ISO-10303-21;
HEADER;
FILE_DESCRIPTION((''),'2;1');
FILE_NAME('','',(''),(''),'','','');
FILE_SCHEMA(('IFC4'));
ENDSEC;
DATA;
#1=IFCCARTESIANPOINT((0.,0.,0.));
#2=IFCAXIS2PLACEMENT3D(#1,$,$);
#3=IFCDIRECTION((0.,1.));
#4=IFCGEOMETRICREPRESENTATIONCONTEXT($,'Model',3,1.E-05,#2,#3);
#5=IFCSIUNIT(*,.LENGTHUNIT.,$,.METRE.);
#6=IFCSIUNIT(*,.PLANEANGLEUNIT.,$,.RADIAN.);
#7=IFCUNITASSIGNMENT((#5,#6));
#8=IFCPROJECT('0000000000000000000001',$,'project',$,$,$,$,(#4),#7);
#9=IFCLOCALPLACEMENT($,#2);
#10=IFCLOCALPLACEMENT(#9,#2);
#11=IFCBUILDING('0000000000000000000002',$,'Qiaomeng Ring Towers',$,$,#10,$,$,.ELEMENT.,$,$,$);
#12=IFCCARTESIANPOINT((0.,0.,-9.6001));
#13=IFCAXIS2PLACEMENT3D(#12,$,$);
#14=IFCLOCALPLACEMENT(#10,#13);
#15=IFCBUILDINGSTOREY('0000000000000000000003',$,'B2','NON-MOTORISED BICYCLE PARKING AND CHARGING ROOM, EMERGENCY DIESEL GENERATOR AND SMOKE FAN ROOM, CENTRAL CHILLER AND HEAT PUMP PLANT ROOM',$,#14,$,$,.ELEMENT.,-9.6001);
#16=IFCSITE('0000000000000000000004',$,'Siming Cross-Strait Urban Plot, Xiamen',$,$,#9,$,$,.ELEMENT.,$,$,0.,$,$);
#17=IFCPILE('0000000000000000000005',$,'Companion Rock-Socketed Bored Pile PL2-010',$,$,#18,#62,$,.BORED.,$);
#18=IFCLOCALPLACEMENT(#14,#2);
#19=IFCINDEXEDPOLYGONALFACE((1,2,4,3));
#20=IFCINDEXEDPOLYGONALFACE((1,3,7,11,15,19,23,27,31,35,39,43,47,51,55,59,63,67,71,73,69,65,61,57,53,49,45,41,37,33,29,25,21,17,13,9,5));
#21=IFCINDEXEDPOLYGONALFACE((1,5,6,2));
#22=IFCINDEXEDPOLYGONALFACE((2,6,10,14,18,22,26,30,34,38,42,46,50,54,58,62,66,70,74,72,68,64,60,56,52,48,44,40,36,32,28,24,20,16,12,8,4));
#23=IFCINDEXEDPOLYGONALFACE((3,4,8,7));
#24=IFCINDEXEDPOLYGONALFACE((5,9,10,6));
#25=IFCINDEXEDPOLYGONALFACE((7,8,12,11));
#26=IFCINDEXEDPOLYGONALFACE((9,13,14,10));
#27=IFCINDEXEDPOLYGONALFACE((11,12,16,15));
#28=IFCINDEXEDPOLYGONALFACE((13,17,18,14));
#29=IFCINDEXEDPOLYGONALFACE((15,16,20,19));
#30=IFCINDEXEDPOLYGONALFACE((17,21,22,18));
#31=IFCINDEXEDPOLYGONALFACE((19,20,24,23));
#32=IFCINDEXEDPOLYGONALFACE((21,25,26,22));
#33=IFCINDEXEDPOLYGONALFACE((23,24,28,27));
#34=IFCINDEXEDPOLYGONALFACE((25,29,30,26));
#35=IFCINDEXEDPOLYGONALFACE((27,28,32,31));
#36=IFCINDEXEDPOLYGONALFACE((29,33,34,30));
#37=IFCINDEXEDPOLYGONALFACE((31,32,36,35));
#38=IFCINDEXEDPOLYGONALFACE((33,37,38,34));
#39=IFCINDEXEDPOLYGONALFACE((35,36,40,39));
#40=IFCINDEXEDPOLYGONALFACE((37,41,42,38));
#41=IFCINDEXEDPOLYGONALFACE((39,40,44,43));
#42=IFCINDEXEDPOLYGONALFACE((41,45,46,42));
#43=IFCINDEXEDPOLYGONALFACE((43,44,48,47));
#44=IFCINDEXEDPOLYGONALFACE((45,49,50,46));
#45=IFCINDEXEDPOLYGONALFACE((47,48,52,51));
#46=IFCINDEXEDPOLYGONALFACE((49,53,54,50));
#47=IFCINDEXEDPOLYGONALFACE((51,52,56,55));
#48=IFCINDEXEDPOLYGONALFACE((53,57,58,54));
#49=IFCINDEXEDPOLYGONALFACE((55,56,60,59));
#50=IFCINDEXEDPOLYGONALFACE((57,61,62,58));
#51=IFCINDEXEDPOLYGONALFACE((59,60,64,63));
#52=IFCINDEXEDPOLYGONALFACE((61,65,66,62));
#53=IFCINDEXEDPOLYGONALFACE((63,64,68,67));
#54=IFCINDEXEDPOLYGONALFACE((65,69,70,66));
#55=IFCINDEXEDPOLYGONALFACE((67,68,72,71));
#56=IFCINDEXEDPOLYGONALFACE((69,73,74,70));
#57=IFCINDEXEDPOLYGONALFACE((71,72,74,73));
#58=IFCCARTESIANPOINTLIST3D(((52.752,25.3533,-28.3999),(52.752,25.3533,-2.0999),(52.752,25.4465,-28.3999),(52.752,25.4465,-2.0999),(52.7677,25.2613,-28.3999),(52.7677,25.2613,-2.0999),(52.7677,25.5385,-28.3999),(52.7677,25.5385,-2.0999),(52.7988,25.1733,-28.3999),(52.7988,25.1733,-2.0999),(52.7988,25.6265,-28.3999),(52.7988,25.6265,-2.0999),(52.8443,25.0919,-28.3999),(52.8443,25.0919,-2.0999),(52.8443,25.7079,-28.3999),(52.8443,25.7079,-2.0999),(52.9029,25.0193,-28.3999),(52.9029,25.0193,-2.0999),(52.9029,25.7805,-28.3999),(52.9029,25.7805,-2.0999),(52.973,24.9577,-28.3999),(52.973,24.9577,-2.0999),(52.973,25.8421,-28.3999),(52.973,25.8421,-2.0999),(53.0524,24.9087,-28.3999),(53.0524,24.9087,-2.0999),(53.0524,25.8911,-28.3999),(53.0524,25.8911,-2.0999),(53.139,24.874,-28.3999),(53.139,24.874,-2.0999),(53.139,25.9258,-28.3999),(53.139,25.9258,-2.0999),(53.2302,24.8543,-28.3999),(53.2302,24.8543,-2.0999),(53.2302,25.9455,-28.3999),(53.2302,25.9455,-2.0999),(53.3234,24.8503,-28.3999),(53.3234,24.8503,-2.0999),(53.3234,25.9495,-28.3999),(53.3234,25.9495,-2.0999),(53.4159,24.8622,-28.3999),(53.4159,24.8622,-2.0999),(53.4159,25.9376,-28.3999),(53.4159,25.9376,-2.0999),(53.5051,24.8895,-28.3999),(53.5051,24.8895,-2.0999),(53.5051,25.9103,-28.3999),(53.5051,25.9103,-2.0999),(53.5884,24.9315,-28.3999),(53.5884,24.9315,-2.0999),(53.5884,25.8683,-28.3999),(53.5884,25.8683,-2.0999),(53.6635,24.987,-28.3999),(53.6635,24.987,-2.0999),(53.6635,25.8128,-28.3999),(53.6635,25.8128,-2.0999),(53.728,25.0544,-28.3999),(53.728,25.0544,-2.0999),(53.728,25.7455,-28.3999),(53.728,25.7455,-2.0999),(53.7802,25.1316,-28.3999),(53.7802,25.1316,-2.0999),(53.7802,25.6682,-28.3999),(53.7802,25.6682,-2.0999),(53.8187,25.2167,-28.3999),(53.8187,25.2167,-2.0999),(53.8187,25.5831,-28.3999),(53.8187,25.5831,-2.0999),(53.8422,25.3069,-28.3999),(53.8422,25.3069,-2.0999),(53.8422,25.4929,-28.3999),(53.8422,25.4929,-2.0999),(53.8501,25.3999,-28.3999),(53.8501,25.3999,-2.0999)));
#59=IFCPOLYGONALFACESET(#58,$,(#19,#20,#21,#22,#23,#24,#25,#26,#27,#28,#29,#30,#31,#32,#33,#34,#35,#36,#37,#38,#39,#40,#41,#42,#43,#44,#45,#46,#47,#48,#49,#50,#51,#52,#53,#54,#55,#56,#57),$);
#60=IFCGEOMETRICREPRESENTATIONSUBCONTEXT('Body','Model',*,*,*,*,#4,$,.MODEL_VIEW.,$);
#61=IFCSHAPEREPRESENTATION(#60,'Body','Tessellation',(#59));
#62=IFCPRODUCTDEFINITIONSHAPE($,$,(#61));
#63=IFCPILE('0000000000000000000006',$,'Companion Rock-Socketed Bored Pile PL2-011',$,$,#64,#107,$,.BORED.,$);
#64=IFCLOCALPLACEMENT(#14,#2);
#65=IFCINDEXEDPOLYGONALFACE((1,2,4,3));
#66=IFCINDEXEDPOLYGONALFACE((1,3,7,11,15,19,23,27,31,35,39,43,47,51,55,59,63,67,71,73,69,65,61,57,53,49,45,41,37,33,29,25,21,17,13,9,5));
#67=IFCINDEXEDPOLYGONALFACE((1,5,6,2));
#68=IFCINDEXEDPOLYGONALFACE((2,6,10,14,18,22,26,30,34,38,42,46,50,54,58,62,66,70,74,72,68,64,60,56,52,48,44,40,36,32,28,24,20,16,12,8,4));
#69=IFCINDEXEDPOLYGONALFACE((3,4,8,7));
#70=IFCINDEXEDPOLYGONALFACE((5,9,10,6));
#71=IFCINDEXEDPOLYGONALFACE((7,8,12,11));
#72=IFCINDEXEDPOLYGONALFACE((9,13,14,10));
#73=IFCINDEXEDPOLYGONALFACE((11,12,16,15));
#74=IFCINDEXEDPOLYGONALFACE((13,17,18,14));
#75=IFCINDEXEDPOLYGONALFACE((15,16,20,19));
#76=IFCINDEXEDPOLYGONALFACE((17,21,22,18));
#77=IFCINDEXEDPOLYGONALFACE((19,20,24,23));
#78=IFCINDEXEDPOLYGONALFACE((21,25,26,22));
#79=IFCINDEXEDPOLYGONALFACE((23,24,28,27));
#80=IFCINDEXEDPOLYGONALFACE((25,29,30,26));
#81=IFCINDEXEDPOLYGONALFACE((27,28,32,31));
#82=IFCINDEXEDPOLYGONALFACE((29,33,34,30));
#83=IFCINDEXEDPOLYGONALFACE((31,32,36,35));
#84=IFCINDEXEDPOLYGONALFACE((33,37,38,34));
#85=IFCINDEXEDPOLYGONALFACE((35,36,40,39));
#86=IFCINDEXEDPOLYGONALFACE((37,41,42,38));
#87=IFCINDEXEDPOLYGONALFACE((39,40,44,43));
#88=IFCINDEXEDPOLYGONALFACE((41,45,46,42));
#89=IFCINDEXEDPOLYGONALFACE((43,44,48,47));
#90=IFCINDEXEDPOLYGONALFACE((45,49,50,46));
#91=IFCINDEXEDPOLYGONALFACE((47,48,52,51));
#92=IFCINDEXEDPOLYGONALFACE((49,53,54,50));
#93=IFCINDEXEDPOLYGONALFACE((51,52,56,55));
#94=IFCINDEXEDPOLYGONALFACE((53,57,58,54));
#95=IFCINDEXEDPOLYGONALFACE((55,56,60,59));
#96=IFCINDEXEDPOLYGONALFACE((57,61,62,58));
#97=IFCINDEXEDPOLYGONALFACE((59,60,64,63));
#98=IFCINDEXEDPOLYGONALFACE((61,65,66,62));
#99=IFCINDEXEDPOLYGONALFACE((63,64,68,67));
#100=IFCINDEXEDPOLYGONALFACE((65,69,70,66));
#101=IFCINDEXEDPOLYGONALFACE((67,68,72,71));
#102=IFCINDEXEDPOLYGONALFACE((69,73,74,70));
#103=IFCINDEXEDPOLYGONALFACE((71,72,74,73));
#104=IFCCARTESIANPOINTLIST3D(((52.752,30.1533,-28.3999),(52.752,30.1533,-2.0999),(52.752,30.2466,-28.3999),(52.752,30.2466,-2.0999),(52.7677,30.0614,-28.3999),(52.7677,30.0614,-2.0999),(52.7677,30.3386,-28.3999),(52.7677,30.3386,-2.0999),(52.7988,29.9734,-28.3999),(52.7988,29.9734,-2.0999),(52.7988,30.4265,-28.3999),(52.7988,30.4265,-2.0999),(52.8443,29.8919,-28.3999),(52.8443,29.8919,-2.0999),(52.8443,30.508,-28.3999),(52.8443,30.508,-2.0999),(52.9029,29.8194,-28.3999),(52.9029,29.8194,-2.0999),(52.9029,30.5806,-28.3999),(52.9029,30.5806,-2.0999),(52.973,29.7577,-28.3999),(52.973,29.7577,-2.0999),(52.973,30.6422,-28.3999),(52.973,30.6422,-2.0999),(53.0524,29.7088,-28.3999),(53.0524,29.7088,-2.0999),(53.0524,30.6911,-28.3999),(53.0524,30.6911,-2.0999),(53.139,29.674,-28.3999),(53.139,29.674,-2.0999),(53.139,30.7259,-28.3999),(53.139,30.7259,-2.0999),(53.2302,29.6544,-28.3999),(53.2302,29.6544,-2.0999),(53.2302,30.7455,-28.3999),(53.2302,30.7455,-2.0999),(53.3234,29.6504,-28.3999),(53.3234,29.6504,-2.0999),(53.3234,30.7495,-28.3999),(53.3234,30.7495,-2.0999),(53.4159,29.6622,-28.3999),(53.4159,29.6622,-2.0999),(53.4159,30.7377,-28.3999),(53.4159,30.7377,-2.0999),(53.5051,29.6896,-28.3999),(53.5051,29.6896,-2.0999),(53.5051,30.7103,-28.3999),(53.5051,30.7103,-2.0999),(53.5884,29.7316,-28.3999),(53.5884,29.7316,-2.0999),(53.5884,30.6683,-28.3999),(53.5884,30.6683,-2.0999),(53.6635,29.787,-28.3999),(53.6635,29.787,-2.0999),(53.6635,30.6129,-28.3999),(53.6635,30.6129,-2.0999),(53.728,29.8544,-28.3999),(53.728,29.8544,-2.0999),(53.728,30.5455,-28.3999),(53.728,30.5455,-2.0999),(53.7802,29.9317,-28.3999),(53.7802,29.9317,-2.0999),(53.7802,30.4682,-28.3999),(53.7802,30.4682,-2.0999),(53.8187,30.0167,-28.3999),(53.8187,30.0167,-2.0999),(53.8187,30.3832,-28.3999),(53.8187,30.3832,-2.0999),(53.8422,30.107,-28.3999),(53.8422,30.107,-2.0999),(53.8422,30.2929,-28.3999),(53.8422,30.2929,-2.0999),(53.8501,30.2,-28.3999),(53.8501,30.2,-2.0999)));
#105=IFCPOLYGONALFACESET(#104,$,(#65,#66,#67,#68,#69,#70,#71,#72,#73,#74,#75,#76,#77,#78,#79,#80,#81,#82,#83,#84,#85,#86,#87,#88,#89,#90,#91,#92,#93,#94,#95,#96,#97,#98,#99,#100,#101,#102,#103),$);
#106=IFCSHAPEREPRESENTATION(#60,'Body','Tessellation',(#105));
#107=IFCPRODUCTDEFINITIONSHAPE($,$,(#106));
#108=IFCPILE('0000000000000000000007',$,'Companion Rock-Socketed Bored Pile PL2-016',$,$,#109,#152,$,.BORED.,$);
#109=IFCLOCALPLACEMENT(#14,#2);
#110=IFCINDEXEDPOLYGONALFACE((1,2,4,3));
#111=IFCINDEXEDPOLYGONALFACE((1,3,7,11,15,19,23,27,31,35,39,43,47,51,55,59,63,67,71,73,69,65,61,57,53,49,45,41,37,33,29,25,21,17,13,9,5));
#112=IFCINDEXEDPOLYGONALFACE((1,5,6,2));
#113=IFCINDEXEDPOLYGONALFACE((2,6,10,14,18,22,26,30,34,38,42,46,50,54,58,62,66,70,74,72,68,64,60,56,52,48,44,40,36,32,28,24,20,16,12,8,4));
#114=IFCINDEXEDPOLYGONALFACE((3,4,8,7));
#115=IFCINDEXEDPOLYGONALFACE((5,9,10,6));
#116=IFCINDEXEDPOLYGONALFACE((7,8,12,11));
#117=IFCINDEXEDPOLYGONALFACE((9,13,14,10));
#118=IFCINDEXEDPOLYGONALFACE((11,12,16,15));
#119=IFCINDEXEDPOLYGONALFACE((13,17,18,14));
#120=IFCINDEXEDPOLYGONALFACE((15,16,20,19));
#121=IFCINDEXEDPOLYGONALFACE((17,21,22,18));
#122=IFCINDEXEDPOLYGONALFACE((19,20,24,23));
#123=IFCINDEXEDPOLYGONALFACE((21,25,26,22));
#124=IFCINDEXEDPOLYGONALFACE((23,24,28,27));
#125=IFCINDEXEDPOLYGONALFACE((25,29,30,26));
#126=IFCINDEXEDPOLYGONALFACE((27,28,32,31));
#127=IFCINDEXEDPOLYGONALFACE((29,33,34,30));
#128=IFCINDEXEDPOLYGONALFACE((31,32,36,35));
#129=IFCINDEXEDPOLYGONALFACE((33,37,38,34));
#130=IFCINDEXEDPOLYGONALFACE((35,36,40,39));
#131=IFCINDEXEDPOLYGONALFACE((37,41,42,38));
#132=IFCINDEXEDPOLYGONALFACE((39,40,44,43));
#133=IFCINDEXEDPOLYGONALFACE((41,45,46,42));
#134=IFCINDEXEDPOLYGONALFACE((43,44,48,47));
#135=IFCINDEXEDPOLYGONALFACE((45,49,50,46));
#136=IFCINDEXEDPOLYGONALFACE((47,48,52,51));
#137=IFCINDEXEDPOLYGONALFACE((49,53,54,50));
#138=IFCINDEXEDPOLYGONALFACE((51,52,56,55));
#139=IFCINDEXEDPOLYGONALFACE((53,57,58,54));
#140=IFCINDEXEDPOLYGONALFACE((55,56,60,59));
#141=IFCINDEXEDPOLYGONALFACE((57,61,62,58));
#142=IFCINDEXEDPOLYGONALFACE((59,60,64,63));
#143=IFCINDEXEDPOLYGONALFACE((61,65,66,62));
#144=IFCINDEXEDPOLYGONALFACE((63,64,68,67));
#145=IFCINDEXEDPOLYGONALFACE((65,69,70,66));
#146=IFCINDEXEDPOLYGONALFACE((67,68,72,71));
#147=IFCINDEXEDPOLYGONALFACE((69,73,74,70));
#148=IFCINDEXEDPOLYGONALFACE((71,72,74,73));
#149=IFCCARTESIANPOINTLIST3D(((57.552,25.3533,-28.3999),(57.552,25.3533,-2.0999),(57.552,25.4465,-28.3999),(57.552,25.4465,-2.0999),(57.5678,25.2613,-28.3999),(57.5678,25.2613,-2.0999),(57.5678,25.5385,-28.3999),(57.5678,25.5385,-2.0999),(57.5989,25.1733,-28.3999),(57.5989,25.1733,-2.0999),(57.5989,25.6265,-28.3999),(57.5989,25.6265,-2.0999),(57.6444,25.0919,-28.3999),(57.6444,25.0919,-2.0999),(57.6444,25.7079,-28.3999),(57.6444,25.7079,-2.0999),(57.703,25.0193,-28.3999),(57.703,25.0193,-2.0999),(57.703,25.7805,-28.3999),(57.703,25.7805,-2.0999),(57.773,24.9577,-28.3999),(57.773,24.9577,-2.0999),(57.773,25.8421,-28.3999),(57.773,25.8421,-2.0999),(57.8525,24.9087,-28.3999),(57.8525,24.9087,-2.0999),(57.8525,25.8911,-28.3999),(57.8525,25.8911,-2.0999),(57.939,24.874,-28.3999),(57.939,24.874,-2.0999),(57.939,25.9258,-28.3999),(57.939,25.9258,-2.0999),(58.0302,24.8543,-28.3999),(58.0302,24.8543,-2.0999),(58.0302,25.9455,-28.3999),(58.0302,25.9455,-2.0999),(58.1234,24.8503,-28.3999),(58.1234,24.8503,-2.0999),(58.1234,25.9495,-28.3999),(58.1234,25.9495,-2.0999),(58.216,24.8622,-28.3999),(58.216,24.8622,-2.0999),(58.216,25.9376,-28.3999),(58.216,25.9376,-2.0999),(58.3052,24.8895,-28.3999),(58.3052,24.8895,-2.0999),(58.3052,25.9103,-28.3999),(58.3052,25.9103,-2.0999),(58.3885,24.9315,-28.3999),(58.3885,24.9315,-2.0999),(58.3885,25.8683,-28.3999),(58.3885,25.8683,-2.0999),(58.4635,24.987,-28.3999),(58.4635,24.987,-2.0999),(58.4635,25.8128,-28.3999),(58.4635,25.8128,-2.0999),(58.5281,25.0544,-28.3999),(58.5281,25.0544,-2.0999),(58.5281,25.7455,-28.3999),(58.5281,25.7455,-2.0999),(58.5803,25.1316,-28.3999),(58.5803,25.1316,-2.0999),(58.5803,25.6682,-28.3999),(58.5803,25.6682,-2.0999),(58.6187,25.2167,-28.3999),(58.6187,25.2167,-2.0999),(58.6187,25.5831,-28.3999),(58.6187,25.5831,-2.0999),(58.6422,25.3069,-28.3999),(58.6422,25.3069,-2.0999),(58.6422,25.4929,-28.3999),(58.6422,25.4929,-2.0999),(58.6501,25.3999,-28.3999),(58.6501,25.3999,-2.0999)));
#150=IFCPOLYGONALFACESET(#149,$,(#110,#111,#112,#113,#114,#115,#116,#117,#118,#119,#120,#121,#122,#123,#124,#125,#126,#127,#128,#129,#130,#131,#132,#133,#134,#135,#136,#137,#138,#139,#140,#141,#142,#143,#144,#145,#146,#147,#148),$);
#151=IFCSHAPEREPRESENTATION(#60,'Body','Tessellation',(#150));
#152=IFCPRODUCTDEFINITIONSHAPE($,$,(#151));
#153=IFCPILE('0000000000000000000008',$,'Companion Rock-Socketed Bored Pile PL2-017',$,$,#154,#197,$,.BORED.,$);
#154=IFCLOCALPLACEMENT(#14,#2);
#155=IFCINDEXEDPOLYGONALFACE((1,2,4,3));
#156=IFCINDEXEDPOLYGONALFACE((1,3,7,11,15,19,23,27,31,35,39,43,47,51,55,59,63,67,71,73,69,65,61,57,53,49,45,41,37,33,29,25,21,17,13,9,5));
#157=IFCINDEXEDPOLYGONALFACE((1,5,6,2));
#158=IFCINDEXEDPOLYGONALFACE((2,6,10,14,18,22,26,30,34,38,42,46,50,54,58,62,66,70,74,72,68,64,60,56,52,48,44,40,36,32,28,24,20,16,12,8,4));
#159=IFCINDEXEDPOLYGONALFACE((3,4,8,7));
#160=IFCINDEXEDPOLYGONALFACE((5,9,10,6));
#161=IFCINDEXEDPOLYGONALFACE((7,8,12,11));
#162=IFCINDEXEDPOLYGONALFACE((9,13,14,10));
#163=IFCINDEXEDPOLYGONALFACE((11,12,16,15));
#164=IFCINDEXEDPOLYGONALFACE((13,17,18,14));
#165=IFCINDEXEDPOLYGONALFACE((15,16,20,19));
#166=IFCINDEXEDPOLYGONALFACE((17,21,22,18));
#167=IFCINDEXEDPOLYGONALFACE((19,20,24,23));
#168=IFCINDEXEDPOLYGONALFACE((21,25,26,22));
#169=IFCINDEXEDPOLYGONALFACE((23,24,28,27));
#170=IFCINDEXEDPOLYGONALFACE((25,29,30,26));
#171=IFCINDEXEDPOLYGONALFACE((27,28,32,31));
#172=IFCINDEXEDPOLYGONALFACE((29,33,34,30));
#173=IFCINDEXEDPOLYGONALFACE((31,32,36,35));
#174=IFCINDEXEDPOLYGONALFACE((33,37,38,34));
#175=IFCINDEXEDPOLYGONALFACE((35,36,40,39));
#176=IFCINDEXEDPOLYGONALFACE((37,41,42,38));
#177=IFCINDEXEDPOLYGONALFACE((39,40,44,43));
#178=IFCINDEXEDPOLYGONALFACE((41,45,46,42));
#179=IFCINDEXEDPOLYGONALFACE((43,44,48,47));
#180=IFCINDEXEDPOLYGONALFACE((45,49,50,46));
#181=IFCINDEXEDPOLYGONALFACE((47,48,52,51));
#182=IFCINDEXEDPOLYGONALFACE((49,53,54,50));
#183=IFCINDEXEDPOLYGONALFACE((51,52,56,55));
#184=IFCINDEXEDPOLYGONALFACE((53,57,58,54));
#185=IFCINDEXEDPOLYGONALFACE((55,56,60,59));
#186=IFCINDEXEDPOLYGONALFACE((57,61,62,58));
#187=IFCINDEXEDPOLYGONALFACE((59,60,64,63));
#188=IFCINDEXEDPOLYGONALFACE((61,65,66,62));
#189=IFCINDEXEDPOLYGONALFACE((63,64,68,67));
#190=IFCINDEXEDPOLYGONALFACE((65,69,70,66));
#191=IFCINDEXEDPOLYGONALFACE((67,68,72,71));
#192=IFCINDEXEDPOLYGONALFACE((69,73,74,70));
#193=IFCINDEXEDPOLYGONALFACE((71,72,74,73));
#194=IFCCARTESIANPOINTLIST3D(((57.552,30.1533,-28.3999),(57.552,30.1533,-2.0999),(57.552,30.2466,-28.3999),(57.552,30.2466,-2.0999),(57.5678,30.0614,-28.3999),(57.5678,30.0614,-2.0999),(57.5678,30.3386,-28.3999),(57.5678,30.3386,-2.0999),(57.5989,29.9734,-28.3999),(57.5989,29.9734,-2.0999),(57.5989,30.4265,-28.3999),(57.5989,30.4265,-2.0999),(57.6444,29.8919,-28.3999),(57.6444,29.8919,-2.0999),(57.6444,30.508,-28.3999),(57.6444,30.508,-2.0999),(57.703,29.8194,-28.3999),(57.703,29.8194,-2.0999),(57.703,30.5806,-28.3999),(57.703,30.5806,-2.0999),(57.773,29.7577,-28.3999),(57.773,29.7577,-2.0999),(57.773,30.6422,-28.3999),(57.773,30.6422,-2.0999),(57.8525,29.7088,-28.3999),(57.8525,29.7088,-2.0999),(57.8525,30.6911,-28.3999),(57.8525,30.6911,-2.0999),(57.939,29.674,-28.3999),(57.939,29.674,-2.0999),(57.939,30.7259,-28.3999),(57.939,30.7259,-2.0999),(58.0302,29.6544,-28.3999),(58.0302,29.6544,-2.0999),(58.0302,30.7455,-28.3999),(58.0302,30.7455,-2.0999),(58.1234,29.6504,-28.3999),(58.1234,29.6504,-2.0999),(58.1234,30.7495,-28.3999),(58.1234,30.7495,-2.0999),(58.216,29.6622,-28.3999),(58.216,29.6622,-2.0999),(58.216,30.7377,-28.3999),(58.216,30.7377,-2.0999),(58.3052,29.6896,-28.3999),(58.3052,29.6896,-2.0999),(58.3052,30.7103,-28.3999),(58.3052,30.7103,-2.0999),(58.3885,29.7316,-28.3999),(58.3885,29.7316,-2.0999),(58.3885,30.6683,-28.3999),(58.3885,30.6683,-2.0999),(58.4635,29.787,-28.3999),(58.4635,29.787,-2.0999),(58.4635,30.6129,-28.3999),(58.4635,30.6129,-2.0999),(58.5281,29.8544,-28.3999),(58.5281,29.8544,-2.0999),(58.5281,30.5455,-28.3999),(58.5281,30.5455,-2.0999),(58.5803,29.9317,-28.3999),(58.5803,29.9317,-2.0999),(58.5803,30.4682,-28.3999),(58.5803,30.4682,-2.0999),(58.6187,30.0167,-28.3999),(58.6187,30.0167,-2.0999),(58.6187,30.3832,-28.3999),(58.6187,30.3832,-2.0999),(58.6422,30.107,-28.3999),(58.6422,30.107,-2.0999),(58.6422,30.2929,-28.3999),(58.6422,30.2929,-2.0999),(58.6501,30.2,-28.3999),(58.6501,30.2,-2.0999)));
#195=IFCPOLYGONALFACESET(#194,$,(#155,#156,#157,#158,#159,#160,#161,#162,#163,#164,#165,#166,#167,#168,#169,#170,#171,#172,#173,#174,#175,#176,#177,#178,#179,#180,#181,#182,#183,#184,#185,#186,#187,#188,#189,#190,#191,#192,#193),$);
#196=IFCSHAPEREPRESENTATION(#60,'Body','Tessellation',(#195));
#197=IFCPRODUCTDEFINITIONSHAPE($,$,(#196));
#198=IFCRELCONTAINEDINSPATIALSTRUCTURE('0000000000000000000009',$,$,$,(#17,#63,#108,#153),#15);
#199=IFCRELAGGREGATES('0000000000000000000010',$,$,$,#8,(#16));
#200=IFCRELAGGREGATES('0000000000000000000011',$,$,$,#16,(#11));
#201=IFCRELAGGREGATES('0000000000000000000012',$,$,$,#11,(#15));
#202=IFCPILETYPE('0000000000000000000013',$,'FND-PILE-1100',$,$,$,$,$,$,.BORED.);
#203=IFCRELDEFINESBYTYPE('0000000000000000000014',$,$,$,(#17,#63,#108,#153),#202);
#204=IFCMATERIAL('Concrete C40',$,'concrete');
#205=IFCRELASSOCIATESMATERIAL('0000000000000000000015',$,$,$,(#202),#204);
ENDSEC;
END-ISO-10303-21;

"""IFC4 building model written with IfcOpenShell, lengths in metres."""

from ifc_helpers import new_model, si_unit, direction, frame, origin, origin_2d, place, context, subcontext, project, spatial, circle, extrude, source, transform, mapped, material, material_profile, profile_set, type_object, element, save


model = new_model("IFC4")

# Units and contexts
model_context = context("Model", 3, precision=1e-05, world=origin(), true_north=direction((0.0, 1.0)))
body_context = subcontext(model_context, "Body", "Model", "MODEL_VIEW")
ifc_project = project(units=[si_unit("LENGTHUNIT", "METRE"), si_unit("PLANEANGLEUNIT", "RADIAN")], contexts=[model_context])

# Site, building, storey
site_placement = place(None, origin())
site = spatial("IfcSite", under=ifc_project, at=site_placement, Name="Siming Cross-Strait Urban Plot, Xiamen", CompositionType="ELEMENT", RefElevation=0.0)
building_placement = place(site_placement, origin())
building = spatial("IfcBuilding", under=site, at=building_placement, Name="Qiaomeng Ring Towers", CompositionType="ELEMENT")
storey_placement = place(building_placement, frame((0.0, 0.0, -9.6001)))
storey = spatial("IfcBuildingStorey", under=building, at=storey_placement, Name="B2", Description="NON-MOTORISED BICYCLE PARKING AND CHARGING ROOM, EMERGENCY DIESEL GENERATOR AND SMOKE FAN ROOM, CENTRAL CHILLER AND HEAT PUMP PLANT ROOM", CompositionType="ELEMENT", Elevation=-9.6001)

# Piles
ifc_material_1 = material(Name="Concrete C40", Category="concrete")
ifc_material_profile_1 = material_profile(ifc_material_1, circle(Radius=0.55, at=origin_2d()), Name="BORED PILE 1100")
ifc_profile_set_1 = profile_set([ifc_material_profile_1], Name="Concrete C40")
pile_type = type_object("IfcPileType", Name="FND-PILE-1100", PredefinedType="BORED", material=ifc_profile_set_1)
shared_shape_1 = source(origin(), body_context, "Body", "SweptSolid", [
    extrude(circle(Radius=0.55, at=origin_2d()), origin(), (0.0, 0.0, 1.0), 26.3),
])
for number, where, z_axis, x_axis, name in (
    (1, (53.3, 25.3999, -2.0999), (0.0, 0.0, -1.0), (1.0, 0.0, 0.0), "Companion Rock-Socketed Bored Pile PL2-010"),
    (2, (53.3, 30.2, -2.0999), (0.0, 0.0, -1.0), (1.0, 0.0, 0.0), "Companion Rock-Socketed Bored Pile PL2-011"),
    (3, (58.1001, 25.3999, -2.0999), (0.0, 0.0, -1.0), (1.0, 0.0, 0.0), "Companion Rock-Socketed Bored Pile PL2-016"),
    (4, (58.1001, 30.2, -2.0999), (0.0, 0.0, -1.0), (1.0, 0.0, 0.0), "Companion Rock-Socketed Bored Pile PL2-017"),
):
    element("IfcPile", number, at=place(storey_placement, frame(where, z_axis=z_axis, x_axis=x_axis)), inside=storey, type_object=pile_type, Name=name, PredefinedType="BORED", context=body_context, shape_type="MappedRepresentation", body=[
        mapped(shared_shape_1, transform((0.0, 0.0, 0.0), x_axis=(1.0, 0.0, 0.0), y_axis=(0.0, 1.0, 0.0), z_axis=(0.0, 0.0, 1.0), scale=1.0)),
    ])

save(model, "model.ifc")
